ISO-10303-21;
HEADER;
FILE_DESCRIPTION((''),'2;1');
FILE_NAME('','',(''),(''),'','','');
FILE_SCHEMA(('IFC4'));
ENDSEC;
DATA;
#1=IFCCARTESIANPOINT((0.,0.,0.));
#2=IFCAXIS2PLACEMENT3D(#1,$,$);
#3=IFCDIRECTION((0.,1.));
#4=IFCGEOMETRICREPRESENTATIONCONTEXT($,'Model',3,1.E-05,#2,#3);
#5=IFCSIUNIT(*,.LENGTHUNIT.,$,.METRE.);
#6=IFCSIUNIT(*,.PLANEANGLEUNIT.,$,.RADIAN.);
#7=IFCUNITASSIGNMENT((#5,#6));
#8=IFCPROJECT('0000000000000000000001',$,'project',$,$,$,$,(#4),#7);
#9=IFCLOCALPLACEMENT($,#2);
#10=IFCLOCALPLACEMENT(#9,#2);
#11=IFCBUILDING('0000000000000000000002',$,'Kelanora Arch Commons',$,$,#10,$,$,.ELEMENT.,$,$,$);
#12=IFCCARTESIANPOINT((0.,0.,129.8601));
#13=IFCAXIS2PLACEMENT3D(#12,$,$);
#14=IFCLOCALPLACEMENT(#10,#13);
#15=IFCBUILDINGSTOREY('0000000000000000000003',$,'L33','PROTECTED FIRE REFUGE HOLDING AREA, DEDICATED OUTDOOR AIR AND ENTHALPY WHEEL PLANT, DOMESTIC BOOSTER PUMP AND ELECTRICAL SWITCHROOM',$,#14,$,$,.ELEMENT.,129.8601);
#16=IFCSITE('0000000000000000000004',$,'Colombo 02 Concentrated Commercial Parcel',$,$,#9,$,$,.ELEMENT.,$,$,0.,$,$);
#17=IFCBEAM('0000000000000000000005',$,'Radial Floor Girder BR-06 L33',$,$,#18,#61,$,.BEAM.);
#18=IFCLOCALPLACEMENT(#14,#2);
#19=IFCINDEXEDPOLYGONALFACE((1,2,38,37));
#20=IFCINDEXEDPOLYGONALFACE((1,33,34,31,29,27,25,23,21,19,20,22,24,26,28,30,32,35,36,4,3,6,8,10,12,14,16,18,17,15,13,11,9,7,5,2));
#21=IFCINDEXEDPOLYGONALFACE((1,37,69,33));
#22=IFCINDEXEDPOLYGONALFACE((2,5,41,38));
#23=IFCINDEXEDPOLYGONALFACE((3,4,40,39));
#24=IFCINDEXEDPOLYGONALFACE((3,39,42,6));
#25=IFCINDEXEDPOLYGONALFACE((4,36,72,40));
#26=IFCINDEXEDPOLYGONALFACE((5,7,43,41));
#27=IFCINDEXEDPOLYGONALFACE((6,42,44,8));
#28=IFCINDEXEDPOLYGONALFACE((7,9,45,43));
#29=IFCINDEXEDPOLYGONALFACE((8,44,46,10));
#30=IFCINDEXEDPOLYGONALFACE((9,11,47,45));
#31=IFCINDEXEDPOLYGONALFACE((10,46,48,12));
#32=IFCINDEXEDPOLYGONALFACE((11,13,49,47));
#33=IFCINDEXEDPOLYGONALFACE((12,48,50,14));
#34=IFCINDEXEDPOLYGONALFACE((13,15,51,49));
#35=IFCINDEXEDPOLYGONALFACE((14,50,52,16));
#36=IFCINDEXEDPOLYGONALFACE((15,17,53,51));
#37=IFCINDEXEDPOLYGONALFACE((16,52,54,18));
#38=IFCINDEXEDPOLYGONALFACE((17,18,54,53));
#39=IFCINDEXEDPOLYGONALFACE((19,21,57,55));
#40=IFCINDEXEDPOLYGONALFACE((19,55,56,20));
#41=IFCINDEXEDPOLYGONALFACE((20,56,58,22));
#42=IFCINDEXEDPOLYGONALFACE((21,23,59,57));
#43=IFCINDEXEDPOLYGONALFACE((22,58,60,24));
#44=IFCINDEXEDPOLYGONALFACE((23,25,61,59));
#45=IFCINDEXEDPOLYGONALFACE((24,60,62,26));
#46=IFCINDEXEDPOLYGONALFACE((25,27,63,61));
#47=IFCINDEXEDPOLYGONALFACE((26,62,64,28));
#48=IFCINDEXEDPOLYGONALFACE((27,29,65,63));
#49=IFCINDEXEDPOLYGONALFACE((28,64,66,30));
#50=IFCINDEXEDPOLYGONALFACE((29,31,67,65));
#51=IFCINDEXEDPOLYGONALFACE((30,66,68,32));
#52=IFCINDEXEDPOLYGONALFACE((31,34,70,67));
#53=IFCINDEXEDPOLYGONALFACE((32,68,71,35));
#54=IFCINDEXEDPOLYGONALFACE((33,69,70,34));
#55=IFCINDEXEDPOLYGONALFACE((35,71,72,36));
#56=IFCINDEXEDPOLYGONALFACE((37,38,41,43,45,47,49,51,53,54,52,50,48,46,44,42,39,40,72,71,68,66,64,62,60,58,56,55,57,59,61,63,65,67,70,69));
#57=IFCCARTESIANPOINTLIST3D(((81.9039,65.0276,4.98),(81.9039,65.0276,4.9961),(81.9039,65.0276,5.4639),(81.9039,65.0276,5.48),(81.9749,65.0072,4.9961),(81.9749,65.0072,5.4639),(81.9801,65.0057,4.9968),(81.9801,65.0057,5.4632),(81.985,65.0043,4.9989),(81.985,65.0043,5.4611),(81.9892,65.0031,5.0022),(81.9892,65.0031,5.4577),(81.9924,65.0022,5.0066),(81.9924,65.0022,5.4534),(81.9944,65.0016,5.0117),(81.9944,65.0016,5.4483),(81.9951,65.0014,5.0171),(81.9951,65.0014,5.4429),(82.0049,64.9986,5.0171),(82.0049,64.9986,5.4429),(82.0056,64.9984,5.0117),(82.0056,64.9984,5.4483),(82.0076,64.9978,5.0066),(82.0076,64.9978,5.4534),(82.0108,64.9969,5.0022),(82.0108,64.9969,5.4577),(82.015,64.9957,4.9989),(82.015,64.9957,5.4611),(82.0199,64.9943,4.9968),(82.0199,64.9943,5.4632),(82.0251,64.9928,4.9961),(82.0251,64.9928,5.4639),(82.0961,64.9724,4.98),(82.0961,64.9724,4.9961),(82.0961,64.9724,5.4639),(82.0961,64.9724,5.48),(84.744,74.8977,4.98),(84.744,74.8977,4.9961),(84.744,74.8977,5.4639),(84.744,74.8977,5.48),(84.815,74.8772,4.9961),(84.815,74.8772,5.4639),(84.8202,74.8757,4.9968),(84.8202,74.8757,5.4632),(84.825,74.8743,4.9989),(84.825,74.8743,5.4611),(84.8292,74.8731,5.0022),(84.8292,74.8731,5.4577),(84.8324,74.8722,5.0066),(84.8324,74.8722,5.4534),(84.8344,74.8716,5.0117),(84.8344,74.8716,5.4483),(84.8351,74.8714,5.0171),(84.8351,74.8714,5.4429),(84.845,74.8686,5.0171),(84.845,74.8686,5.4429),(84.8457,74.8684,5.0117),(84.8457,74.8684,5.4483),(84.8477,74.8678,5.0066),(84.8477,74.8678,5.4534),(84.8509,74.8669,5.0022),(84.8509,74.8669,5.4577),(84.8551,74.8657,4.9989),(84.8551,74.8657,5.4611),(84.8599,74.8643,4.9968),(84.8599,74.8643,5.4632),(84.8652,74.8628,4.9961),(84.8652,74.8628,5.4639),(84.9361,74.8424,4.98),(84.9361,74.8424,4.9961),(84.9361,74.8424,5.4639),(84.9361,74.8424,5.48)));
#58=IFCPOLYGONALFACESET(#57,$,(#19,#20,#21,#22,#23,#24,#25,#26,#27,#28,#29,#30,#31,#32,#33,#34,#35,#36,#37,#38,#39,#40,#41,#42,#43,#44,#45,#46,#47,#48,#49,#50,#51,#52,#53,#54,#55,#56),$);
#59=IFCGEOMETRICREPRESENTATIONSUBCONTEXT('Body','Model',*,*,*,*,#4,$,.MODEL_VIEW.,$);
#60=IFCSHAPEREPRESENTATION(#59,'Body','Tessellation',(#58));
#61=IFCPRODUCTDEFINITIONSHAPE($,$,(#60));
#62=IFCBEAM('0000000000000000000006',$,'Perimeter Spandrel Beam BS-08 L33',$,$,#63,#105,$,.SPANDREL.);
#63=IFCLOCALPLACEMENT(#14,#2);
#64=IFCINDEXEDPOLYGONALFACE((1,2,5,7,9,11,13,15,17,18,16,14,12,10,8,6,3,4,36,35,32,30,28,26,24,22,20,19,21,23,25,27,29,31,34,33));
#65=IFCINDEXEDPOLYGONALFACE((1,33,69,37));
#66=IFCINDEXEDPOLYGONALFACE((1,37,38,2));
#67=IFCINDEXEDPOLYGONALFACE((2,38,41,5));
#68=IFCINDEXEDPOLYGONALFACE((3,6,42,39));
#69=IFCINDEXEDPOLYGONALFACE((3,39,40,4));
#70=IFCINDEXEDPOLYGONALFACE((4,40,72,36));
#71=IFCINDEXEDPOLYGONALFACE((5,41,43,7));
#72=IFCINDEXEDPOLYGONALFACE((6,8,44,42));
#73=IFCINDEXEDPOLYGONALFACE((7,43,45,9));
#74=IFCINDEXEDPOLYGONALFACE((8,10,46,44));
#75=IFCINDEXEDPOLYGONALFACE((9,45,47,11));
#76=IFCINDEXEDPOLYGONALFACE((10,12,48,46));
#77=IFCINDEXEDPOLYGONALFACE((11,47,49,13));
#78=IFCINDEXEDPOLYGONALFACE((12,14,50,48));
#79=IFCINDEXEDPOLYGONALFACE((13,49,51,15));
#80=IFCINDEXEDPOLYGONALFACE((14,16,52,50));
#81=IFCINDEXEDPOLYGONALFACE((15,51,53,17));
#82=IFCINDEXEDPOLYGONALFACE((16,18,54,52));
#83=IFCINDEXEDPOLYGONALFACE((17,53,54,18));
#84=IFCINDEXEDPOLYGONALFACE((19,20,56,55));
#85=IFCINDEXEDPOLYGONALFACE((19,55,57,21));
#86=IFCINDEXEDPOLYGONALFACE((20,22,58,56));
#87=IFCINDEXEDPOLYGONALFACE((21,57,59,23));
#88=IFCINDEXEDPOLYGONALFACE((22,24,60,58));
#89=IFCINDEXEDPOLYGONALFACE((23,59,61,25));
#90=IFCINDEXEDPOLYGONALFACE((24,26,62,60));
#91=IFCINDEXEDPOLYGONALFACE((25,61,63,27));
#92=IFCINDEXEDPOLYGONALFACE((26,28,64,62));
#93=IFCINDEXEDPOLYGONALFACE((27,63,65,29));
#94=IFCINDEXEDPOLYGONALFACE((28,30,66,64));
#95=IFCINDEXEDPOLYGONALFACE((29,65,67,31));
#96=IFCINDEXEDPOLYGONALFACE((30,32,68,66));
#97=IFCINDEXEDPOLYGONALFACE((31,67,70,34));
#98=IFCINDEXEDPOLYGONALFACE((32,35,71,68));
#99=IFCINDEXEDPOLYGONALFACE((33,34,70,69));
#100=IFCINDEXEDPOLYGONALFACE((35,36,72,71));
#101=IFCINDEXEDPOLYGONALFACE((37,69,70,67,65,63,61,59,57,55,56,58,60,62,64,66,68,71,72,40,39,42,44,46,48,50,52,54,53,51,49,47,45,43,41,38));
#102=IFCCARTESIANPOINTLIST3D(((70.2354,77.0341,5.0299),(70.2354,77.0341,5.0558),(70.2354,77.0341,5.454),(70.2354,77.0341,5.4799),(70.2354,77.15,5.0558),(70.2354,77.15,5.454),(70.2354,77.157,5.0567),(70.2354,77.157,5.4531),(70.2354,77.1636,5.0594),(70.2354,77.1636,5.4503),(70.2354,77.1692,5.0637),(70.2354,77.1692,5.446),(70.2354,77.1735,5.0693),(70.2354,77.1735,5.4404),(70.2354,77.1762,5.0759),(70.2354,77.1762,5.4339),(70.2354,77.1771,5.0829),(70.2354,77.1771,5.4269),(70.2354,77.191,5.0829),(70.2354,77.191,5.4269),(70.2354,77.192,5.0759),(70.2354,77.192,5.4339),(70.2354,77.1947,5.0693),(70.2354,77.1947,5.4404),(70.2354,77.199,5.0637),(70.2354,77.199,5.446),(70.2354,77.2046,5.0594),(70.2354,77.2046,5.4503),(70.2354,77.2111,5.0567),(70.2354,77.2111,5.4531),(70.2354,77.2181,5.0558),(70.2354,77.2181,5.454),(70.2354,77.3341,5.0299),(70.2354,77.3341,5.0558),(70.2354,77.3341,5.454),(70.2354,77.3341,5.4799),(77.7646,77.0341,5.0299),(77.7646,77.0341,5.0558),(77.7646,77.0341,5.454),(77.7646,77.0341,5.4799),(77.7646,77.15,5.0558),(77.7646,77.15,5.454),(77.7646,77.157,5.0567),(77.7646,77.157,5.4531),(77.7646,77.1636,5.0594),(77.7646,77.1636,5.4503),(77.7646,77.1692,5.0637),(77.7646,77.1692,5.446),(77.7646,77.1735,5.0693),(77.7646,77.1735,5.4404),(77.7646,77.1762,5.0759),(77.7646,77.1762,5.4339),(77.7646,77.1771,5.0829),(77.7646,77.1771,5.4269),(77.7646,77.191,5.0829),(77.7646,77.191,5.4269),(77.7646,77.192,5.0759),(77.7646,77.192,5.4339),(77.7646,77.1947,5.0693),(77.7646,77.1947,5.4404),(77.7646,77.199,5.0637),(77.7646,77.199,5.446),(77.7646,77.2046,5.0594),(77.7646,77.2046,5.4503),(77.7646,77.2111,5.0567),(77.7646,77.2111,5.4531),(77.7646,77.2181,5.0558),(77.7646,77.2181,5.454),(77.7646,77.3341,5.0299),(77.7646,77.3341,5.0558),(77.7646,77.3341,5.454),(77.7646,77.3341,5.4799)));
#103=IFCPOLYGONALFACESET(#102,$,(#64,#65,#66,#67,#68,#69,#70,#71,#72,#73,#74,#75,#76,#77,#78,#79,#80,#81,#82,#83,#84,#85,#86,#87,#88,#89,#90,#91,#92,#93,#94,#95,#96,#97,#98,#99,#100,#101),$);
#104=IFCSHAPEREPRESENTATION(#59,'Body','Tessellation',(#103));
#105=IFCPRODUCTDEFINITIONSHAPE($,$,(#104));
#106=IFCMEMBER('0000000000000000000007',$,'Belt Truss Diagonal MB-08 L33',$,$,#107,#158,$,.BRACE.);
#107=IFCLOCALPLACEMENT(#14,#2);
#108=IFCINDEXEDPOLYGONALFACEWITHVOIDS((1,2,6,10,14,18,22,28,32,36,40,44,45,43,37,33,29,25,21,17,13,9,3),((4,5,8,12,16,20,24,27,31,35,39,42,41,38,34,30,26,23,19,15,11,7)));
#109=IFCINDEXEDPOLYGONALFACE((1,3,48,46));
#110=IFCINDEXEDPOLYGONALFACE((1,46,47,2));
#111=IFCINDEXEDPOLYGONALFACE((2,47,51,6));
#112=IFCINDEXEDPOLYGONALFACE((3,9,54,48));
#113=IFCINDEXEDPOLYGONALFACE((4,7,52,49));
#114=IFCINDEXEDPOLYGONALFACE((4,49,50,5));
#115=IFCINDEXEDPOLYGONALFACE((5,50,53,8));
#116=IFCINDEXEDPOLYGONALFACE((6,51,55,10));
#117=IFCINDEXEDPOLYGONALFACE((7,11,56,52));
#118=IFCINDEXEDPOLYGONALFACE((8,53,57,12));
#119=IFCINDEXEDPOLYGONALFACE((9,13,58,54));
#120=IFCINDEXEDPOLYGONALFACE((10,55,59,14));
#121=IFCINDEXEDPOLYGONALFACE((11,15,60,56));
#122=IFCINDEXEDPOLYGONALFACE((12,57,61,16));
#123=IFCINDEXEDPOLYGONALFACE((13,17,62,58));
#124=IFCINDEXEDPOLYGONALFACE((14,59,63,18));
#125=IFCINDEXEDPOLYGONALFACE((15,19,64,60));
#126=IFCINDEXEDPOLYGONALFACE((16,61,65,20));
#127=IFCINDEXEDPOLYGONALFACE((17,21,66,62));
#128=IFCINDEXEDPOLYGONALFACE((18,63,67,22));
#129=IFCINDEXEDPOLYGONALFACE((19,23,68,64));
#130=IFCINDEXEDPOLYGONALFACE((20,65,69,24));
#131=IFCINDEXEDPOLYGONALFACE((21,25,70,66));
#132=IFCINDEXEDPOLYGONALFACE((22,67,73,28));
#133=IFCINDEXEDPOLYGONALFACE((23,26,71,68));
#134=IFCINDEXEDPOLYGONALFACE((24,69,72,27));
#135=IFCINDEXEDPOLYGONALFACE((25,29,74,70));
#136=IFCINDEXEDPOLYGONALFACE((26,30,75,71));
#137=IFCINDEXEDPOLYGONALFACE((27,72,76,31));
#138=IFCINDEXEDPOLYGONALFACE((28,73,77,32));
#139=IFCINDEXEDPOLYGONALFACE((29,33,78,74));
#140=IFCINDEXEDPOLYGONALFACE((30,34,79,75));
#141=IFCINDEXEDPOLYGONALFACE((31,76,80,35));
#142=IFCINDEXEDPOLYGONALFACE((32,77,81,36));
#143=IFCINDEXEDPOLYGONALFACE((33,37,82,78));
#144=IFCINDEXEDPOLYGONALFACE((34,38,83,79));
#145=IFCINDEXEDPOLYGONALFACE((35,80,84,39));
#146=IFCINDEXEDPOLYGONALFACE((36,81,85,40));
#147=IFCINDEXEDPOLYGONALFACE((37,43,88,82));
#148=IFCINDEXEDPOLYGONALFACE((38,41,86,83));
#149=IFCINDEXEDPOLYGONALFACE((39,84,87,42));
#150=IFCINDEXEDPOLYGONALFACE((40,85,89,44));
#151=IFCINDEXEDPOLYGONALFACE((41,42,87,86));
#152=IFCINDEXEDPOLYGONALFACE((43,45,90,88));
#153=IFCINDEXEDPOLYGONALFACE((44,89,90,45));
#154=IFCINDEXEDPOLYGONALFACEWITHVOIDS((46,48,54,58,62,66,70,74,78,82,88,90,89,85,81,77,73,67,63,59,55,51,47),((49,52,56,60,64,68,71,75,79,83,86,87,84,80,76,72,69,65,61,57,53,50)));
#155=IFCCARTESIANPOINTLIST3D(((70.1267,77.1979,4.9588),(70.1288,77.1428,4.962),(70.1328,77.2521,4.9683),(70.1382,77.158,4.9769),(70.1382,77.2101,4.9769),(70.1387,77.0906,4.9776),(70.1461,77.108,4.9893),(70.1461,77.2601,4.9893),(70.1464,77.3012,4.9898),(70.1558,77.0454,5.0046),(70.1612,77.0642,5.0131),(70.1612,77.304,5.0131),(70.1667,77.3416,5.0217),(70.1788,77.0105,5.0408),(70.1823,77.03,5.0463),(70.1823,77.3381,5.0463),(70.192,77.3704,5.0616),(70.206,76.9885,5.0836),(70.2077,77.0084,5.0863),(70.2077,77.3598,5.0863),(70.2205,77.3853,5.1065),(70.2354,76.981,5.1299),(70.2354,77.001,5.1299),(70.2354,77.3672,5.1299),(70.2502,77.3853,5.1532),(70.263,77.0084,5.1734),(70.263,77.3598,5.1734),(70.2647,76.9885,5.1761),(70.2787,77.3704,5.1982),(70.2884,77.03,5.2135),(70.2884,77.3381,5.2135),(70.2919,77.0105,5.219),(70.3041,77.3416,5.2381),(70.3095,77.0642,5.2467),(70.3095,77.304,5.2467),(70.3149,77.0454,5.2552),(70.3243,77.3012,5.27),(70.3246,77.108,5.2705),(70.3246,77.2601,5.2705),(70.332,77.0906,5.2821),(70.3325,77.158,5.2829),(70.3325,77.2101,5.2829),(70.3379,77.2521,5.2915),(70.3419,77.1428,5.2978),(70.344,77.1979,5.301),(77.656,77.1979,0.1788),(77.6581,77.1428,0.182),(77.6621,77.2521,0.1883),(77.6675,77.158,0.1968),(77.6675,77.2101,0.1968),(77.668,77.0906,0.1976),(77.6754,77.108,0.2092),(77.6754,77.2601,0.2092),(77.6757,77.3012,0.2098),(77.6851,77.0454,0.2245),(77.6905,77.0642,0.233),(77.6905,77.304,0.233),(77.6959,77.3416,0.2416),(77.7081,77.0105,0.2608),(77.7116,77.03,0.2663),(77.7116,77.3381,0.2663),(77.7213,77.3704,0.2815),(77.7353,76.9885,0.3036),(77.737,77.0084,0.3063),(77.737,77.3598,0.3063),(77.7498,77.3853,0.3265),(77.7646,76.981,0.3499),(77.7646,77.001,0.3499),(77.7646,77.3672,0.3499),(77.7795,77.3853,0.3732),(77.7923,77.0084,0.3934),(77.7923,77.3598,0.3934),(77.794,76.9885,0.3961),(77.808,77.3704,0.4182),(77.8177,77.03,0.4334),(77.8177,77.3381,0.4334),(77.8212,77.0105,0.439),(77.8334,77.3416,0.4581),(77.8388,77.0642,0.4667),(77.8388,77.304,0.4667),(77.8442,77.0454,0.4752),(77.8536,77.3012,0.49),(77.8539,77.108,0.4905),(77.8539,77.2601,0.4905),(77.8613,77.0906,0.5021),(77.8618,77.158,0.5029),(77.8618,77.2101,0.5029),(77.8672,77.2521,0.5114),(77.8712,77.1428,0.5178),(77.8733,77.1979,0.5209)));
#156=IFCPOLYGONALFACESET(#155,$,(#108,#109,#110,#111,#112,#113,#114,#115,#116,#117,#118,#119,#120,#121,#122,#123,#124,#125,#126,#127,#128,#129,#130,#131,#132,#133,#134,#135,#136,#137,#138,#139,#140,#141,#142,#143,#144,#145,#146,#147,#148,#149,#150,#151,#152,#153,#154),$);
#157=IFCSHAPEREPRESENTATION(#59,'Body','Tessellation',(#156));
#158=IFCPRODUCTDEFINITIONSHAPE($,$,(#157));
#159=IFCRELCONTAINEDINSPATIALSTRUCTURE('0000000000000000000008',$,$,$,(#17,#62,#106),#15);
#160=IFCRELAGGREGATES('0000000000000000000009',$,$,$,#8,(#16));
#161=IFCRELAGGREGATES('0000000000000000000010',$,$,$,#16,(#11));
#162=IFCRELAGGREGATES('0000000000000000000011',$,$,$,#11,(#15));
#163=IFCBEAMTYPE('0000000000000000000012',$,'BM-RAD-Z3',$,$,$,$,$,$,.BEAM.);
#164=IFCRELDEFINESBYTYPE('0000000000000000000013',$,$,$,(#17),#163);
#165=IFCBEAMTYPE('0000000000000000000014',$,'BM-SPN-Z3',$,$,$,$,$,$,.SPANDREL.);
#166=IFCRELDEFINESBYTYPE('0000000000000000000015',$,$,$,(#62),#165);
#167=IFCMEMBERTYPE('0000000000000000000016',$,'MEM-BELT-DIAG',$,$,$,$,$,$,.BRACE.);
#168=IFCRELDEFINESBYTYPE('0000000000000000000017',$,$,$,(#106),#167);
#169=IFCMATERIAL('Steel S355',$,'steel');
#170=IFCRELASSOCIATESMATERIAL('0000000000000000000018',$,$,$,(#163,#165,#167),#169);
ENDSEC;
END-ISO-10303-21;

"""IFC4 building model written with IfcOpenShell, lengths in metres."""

from ifc_helpers import new_model, si_unit, direction, frame, origin, origin_2d, place, context, subcontext, project, spatial, hollow_circle, i_section, extrude, material, material_profile, profile_set, type_object, element, save


model = new_model("IFC4")

# Units and contexts
model_context = context("Model", 3, precision=1e-05, world=origin(), true_north=direction((0.0, 1.0)))
body_context = subcontext(model_context, "Body", "Model", "MODEL_VIEW")
ifc_project = project(units=[si_unit("LENGTHUNIT", "METRE"), si_unit("PLANEANGLEUNIT", "RADIAN")], contexts=[model_context])

# Site, building, storey
site_placement = place(None, origin())
site = spatial("IfcSite", under=ifc_project, at=site_placement, Name="Colombo 02 Concentrated Commercial Parcel", CompositionType="ELEMENT", RefElevation=0.0)
building_placement = place(site_placement, origin())
building = spatial("IfcBuilding", under=site, at=building_placement, Name="Kelanora Arch Commons", CompositionType="ELEMENT")
storey_placement = place(building_placement, frame((0.0, 0.0, 129.8601)))
storey = spatial("IfcBuildingStorey", under=building, at=storey_placement, Name="L33", Description="PROTECTED FIRE REFUGE HOLDING AREA, DEDICATED OUTDOOR AIR AND ENTHALPY WHEEL PLANT, DOMESTIC BOOSTER PUMP AND ELECTRICAL SWITCHROOM", CompositionType="ELEMENT", Elevation=129.8601)

# Beams
ifc_material_1 = material(Name="Steel S355", Category="steel")
ifc_material_profile_1 = material_profile(ifc_material_1, i_section(OverallWidth=0.2, OverallDepth=0.5, WebThickness=0.0103, FlangeThickness=0.0161, FilletRadius=0.021, at=origin_2d()), Name="IPE500")
ifc_profile_set_1 = profile_set([ifc_material_profile_1], Name="Steel S355")
beam_type_1 = type_object("IfcBeamType", Name="BM-RAD-Z3", PredefinedType="BEAM", material=ifc_profile_set_1)
beam_1_placement = place(storey_placement, frame((82.0, 65.0, 5.23), z_axis=(0.276526, 0.961006, 0.0), x_axis=(-0.961006, 0.276526, 0.0)))
element("IfcBeam", 1, at=beam_1_placement, inside=storey, type_object=beam_type_1, Name="Radial Floor Girder BR-06 L33", PredefinedType="BEAM", context=body_context, shape_type="SweptSolid", body=[
    extrude(i_section(OverallWidth=0.2, OverallDepth=0.5, WebThickness=0.0103, FlangeThickness=0.0161, FilletRadius=0.021, at=origin_2d()), origin(), (0.0, 0.0, 1.0), 10.2705),
])
ifc_material_profile_2 = material_profile(ifc_material_1, i_section(OverallWidth=0.3, OverallDepth=0.45, WebThickness=0.0139, FlangeThickness=0.0259, FilletRadius=0.0271, at=origin_2d()), Name="HEB450")
ifc_profile_set_2 = profile_set([ifc_material_profile_2], Name="Steel S355")
beam_type_2 = type_object("IfcBeamType", Name="BM-SPN-Z3", PredefinedType="SPANDREL", material=ifc_profile_set_2)
beam_2_placement = place(storey_placement, frame((77.7646, 77.1841, 5.2549), z_axis=(-1.0, 0.0, 0.0), x_axis=(0.0, -1.0, 0.0)))
element("IfcBeam", 2, at=beam_2_placement, inside=storey, type_object=beam_type_2, Name="Perimeter Spandrel Beam BS-08 L33", PredefinedType="SPANDREL", context=body_context, shape_type="SweptSolid", body=[
    extrude(i_section(OverallWidth=0.3, OverallDepth=0.45, WebThickness=0.0139, FlangeThickness=0.0259, FilletRadius=0.0271, at=origin_2d()), origin(), (0.0, 0.0, 1.0), 7.5293),
])

# Member
ifc_material_profile_3 = material_profile(ifc_material_1, hollow_circle(Radius=0.2031, WallThickness=0.02, at=origin_2d()), Name="CHS406.4x20")
ifc_profile_set_3 = profile_set([ifc_material_profile_3], Name="Steel S355")
member_type_1 = type_object("IfcMemberType", Name="MEM-BELT-DIAG", PredefinedType="BRACE", material=ifc_profile_set_3)
member_1_placement = place(storey_placement, frame((77.7646, 77.1841, 0.3499), z_axis=(-0.844237, 0.0, 0.53597), x_axis=(0.0, -1.0, 0.0)))
element("IfcMember", 3, at=member_1_placement, inside=storey, type_object=member_type_1, Name="Belt Truss Diagonal MB-08 L33", PredefinedType="BRACE", context=body_context, shape_type="SweptSolid", body=[
    extrude(hollow_circle(Radius=0.2031, WallThickness=0.02, at=origin_2d()), origin(), (0.0, 0.0, 1.0), 8.9185),
])

save(model, "model.ifc")
